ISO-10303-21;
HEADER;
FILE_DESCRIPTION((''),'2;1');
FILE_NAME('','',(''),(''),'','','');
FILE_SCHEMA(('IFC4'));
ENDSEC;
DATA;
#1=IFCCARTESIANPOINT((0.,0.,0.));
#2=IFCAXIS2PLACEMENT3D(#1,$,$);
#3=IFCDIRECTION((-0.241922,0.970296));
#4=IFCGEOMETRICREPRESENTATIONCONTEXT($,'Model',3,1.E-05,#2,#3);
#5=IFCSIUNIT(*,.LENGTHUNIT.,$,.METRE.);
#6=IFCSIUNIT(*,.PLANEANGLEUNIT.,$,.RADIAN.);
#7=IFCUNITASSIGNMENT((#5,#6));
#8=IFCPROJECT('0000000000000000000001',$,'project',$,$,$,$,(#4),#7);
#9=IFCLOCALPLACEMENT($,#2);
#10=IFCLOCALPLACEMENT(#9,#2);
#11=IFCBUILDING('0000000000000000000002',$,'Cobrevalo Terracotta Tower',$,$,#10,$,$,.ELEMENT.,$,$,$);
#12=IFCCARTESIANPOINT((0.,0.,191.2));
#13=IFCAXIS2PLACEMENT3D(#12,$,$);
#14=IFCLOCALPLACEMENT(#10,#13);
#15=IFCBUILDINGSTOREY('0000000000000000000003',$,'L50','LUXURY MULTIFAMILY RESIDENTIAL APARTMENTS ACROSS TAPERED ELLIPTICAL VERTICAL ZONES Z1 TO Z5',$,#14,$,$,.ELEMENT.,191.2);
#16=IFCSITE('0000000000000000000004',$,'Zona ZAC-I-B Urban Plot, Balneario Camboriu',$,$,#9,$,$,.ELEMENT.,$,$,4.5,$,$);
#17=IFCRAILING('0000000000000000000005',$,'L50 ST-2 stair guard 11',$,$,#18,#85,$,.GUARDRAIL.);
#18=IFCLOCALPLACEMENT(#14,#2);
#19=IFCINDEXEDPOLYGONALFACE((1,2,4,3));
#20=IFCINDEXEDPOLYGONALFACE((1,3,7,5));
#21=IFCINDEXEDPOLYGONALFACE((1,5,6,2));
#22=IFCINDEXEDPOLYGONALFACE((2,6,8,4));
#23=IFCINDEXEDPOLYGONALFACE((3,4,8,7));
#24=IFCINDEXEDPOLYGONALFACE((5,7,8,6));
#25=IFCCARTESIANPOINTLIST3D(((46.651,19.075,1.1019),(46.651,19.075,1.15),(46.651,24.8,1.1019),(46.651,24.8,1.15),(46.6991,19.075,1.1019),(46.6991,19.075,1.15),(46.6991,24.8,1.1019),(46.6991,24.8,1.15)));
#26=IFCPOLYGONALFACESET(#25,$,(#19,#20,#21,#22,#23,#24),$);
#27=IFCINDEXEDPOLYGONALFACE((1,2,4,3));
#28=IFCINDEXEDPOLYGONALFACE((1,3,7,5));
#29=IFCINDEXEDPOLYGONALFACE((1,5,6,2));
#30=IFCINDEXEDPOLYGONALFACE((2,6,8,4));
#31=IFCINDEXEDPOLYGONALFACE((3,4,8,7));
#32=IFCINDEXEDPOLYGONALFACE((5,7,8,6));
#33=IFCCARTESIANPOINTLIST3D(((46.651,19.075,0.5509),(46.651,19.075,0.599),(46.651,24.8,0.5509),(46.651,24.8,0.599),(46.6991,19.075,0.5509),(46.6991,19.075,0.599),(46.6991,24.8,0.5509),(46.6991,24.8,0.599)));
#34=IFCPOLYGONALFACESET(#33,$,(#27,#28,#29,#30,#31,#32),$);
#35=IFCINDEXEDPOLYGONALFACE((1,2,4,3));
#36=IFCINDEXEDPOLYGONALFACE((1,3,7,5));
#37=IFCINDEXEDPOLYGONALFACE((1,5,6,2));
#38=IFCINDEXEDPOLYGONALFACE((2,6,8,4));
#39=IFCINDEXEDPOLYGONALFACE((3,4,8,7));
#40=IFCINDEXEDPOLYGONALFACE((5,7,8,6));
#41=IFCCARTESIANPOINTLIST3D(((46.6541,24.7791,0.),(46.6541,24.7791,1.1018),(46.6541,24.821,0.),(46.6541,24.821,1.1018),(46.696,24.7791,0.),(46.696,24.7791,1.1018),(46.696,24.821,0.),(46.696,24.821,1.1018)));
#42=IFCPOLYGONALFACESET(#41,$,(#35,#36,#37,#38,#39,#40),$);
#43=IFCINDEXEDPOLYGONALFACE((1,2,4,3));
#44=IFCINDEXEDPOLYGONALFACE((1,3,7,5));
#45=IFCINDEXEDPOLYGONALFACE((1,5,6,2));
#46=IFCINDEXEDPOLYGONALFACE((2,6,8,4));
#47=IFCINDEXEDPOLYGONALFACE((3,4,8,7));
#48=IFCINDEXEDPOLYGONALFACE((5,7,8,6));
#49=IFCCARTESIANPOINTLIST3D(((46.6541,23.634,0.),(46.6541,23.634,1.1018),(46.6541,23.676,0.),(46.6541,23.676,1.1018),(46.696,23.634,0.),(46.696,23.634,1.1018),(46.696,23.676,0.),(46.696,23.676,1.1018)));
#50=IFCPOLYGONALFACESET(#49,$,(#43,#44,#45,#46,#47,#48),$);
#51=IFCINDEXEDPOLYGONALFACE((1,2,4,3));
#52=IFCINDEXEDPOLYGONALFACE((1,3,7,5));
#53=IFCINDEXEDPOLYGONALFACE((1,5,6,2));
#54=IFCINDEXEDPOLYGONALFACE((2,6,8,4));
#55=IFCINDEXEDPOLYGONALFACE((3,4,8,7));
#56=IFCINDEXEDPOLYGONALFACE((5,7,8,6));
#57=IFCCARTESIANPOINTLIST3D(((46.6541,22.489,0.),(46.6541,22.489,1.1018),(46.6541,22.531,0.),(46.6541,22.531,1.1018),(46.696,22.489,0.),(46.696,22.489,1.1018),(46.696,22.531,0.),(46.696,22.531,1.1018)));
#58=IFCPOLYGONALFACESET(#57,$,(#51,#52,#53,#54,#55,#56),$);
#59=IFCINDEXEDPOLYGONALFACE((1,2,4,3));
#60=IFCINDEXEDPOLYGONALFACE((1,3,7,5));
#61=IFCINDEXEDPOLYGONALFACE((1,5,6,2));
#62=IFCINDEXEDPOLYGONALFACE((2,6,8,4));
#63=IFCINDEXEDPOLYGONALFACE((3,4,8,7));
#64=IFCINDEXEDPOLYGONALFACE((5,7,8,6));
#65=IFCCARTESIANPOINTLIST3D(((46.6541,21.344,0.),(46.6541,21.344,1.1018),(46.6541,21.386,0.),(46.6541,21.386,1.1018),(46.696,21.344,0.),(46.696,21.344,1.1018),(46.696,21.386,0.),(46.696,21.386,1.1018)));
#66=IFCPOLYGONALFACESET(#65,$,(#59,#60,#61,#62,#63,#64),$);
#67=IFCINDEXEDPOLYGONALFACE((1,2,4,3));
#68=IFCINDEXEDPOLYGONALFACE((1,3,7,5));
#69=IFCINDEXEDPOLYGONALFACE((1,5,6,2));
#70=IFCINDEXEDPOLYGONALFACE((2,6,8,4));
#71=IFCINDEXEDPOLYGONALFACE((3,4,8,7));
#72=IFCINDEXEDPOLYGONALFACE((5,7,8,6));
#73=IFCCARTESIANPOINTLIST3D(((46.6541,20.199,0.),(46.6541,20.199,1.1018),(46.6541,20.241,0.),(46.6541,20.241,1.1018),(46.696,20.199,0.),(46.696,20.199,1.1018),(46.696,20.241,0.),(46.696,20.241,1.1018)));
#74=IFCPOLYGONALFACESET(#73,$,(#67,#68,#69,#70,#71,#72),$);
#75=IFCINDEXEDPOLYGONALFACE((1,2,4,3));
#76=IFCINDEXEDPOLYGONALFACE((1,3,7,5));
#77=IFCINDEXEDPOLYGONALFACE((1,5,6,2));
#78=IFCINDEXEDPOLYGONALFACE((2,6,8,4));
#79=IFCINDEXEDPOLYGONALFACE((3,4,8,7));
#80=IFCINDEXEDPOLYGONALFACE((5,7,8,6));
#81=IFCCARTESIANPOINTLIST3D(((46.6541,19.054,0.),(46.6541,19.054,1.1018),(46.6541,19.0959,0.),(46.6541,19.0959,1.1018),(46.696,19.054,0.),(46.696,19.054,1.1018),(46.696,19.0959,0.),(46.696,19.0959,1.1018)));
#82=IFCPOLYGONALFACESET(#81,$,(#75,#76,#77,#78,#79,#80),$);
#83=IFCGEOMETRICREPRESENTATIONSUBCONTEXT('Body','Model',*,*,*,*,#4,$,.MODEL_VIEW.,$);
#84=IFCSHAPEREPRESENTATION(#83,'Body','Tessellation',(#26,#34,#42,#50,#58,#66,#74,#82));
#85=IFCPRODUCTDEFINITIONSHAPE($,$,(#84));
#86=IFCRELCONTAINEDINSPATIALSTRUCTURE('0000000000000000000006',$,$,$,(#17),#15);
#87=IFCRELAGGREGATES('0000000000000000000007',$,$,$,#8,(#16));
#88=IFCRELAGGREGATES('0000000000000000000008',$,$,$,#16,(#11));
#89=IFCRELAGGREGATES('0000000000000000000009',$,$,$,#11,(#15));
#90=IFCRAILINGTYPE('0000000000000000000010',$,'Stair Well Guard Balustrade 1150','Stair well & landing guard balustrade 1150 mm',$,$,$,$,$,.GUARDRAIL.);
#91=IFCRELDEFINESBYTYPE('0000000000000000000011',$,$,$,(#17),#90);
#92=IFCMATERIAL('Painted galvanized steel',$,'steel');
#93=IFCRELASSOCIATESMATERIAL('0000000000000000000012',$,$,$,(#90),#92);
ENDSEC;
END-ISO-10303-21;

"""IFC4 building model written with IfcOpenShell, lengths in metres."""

from ifc_helpers import new_model, si_unit, direction, frame, origin, origin_2d, place, context, subcontext, project, spatial, rectangle, extrude, material, type_object, element, save


model = new_model("IFC4")

# Units and contexts
model_context = context("Model", 3, precision=1e-05, world=origin(), true_north=direction((-0.241922, 0.970296)))
body_context = subcontext(model_context, "Body", "Model", "MODEL_VIEW")
ifc_project = project(units=[si_unit("LENGTHUNIT", "METRE"), si_unit("PLANEANGLEUNIT", "RADIAN")], contexts=[model_context])

# Site, building, storey
site_placement = place(None, origin())
site = spatial("IfcSite", under=ifc_project, at=site_placement, Name="Zona ZAC-I-B Urban Plot, Balneario Camboriu", CompositionType="ELEMENT", RefElevation=4.5)
building_placement = place(site_placement, origin())
building = spatial("IfcBuilding", under=site, at=building_placement, Name="Cobrevalo Terracotta Tower", CompositionType="ELEMENT")
storey_placement = place(building_placement, frame((0.0, 0.0, 191.2)))
storey = spatial("IfcBuildingStorey", under=building, at=storey_placement, Name="L50", Description="LUXURY MULTIFAMILY RESIDENTIAL APARTMENTS ACROSS TAPERED ELLIPTICAL VERTICAL ZONES Z1 TO Z5", CompositionType="ELEMENT", Elevation=191.2)

# Railing
ifc_material_1 = material(Name="Painted galvanized steel", Category="steel")
railing_type_1 = type_object("IfcRailingType", Name="Stair Well Guard Balustrade 1150", Description="Stair well & landing guard balustrade 1150 mm", PredefinedType="GUARDRAIL", material=ifc_material_1)
for number, where, name in (
    (1, (46.675, 24.8, 0.0), "L50 ST-2 stair guard 11"),
):
    element("IfcRailing", number, at=place(storey_placement, frame(where)), inside=storey, type_object=railing_type_1, Name=name, PredefinedType="GUARDRAIL", context=body_context, shape_type="SweptSolid", body=[
        extrude(rectangle(XDim=0.0481, YDim=0.0481, at=origin_2d()), frame((0.0, 0.0, 1.126), z_axis=(0.0, -1.0, 0.0), x_axis=(1.0, 0.0, 0.0)), (0.0, 0.0, 1.0), 5.7251),
        extrude(rectangle(XDim=0.0481, YDim=0.0481, at=origin_2d()), frame((0.0, 0.0, 0.575), z_axis=(0.0, -1.0, 0.0), x_axis=(1.0, 0.0, 0.0)), (0.0, 0.0, 1.0), 5.7251),
        extrude(rectangle(XDim=0.042, YDim=0.042, at=origin_2d()), origin(), (0.0, 0.0, 1.0), 1.1018),
        extrude(rectangle(XDim=0.042, YDim=0.042, at=origin_2d()), frame((0.0, -1.145, 0.0)), (0.0, 0.0, 1.0), 1.1018),
        extrude(rectangle(XDim=0.042, YDim=0.042, at=origin_2d()), frame((0.0, -2.29, 0.0)), (0.0, 0.0, 1.0), 1.1018),
        extrude(rectangle(XDim=0.042, YDim=0.042, at=origin_2d()), frame((0.0, -3.4351, 0.0)), (0.0, 0.0, 1.0), 1.1018),
        extrude(rectangle(XDim=0.042, YDim=0.042, at=origin_2d()), frame((0.0, -4.5801, 0.0)), (0.0, 0.0, 1.0), 1.1018),
        extrude(rectangle(XDim=0.042, YDim=0.042, at=origin_2d()), frame((0.0, -5.7251, 0.0)), (0.0, 0.0, 1.0), 1.1018),
    ])

save(model, "model.ifc")
